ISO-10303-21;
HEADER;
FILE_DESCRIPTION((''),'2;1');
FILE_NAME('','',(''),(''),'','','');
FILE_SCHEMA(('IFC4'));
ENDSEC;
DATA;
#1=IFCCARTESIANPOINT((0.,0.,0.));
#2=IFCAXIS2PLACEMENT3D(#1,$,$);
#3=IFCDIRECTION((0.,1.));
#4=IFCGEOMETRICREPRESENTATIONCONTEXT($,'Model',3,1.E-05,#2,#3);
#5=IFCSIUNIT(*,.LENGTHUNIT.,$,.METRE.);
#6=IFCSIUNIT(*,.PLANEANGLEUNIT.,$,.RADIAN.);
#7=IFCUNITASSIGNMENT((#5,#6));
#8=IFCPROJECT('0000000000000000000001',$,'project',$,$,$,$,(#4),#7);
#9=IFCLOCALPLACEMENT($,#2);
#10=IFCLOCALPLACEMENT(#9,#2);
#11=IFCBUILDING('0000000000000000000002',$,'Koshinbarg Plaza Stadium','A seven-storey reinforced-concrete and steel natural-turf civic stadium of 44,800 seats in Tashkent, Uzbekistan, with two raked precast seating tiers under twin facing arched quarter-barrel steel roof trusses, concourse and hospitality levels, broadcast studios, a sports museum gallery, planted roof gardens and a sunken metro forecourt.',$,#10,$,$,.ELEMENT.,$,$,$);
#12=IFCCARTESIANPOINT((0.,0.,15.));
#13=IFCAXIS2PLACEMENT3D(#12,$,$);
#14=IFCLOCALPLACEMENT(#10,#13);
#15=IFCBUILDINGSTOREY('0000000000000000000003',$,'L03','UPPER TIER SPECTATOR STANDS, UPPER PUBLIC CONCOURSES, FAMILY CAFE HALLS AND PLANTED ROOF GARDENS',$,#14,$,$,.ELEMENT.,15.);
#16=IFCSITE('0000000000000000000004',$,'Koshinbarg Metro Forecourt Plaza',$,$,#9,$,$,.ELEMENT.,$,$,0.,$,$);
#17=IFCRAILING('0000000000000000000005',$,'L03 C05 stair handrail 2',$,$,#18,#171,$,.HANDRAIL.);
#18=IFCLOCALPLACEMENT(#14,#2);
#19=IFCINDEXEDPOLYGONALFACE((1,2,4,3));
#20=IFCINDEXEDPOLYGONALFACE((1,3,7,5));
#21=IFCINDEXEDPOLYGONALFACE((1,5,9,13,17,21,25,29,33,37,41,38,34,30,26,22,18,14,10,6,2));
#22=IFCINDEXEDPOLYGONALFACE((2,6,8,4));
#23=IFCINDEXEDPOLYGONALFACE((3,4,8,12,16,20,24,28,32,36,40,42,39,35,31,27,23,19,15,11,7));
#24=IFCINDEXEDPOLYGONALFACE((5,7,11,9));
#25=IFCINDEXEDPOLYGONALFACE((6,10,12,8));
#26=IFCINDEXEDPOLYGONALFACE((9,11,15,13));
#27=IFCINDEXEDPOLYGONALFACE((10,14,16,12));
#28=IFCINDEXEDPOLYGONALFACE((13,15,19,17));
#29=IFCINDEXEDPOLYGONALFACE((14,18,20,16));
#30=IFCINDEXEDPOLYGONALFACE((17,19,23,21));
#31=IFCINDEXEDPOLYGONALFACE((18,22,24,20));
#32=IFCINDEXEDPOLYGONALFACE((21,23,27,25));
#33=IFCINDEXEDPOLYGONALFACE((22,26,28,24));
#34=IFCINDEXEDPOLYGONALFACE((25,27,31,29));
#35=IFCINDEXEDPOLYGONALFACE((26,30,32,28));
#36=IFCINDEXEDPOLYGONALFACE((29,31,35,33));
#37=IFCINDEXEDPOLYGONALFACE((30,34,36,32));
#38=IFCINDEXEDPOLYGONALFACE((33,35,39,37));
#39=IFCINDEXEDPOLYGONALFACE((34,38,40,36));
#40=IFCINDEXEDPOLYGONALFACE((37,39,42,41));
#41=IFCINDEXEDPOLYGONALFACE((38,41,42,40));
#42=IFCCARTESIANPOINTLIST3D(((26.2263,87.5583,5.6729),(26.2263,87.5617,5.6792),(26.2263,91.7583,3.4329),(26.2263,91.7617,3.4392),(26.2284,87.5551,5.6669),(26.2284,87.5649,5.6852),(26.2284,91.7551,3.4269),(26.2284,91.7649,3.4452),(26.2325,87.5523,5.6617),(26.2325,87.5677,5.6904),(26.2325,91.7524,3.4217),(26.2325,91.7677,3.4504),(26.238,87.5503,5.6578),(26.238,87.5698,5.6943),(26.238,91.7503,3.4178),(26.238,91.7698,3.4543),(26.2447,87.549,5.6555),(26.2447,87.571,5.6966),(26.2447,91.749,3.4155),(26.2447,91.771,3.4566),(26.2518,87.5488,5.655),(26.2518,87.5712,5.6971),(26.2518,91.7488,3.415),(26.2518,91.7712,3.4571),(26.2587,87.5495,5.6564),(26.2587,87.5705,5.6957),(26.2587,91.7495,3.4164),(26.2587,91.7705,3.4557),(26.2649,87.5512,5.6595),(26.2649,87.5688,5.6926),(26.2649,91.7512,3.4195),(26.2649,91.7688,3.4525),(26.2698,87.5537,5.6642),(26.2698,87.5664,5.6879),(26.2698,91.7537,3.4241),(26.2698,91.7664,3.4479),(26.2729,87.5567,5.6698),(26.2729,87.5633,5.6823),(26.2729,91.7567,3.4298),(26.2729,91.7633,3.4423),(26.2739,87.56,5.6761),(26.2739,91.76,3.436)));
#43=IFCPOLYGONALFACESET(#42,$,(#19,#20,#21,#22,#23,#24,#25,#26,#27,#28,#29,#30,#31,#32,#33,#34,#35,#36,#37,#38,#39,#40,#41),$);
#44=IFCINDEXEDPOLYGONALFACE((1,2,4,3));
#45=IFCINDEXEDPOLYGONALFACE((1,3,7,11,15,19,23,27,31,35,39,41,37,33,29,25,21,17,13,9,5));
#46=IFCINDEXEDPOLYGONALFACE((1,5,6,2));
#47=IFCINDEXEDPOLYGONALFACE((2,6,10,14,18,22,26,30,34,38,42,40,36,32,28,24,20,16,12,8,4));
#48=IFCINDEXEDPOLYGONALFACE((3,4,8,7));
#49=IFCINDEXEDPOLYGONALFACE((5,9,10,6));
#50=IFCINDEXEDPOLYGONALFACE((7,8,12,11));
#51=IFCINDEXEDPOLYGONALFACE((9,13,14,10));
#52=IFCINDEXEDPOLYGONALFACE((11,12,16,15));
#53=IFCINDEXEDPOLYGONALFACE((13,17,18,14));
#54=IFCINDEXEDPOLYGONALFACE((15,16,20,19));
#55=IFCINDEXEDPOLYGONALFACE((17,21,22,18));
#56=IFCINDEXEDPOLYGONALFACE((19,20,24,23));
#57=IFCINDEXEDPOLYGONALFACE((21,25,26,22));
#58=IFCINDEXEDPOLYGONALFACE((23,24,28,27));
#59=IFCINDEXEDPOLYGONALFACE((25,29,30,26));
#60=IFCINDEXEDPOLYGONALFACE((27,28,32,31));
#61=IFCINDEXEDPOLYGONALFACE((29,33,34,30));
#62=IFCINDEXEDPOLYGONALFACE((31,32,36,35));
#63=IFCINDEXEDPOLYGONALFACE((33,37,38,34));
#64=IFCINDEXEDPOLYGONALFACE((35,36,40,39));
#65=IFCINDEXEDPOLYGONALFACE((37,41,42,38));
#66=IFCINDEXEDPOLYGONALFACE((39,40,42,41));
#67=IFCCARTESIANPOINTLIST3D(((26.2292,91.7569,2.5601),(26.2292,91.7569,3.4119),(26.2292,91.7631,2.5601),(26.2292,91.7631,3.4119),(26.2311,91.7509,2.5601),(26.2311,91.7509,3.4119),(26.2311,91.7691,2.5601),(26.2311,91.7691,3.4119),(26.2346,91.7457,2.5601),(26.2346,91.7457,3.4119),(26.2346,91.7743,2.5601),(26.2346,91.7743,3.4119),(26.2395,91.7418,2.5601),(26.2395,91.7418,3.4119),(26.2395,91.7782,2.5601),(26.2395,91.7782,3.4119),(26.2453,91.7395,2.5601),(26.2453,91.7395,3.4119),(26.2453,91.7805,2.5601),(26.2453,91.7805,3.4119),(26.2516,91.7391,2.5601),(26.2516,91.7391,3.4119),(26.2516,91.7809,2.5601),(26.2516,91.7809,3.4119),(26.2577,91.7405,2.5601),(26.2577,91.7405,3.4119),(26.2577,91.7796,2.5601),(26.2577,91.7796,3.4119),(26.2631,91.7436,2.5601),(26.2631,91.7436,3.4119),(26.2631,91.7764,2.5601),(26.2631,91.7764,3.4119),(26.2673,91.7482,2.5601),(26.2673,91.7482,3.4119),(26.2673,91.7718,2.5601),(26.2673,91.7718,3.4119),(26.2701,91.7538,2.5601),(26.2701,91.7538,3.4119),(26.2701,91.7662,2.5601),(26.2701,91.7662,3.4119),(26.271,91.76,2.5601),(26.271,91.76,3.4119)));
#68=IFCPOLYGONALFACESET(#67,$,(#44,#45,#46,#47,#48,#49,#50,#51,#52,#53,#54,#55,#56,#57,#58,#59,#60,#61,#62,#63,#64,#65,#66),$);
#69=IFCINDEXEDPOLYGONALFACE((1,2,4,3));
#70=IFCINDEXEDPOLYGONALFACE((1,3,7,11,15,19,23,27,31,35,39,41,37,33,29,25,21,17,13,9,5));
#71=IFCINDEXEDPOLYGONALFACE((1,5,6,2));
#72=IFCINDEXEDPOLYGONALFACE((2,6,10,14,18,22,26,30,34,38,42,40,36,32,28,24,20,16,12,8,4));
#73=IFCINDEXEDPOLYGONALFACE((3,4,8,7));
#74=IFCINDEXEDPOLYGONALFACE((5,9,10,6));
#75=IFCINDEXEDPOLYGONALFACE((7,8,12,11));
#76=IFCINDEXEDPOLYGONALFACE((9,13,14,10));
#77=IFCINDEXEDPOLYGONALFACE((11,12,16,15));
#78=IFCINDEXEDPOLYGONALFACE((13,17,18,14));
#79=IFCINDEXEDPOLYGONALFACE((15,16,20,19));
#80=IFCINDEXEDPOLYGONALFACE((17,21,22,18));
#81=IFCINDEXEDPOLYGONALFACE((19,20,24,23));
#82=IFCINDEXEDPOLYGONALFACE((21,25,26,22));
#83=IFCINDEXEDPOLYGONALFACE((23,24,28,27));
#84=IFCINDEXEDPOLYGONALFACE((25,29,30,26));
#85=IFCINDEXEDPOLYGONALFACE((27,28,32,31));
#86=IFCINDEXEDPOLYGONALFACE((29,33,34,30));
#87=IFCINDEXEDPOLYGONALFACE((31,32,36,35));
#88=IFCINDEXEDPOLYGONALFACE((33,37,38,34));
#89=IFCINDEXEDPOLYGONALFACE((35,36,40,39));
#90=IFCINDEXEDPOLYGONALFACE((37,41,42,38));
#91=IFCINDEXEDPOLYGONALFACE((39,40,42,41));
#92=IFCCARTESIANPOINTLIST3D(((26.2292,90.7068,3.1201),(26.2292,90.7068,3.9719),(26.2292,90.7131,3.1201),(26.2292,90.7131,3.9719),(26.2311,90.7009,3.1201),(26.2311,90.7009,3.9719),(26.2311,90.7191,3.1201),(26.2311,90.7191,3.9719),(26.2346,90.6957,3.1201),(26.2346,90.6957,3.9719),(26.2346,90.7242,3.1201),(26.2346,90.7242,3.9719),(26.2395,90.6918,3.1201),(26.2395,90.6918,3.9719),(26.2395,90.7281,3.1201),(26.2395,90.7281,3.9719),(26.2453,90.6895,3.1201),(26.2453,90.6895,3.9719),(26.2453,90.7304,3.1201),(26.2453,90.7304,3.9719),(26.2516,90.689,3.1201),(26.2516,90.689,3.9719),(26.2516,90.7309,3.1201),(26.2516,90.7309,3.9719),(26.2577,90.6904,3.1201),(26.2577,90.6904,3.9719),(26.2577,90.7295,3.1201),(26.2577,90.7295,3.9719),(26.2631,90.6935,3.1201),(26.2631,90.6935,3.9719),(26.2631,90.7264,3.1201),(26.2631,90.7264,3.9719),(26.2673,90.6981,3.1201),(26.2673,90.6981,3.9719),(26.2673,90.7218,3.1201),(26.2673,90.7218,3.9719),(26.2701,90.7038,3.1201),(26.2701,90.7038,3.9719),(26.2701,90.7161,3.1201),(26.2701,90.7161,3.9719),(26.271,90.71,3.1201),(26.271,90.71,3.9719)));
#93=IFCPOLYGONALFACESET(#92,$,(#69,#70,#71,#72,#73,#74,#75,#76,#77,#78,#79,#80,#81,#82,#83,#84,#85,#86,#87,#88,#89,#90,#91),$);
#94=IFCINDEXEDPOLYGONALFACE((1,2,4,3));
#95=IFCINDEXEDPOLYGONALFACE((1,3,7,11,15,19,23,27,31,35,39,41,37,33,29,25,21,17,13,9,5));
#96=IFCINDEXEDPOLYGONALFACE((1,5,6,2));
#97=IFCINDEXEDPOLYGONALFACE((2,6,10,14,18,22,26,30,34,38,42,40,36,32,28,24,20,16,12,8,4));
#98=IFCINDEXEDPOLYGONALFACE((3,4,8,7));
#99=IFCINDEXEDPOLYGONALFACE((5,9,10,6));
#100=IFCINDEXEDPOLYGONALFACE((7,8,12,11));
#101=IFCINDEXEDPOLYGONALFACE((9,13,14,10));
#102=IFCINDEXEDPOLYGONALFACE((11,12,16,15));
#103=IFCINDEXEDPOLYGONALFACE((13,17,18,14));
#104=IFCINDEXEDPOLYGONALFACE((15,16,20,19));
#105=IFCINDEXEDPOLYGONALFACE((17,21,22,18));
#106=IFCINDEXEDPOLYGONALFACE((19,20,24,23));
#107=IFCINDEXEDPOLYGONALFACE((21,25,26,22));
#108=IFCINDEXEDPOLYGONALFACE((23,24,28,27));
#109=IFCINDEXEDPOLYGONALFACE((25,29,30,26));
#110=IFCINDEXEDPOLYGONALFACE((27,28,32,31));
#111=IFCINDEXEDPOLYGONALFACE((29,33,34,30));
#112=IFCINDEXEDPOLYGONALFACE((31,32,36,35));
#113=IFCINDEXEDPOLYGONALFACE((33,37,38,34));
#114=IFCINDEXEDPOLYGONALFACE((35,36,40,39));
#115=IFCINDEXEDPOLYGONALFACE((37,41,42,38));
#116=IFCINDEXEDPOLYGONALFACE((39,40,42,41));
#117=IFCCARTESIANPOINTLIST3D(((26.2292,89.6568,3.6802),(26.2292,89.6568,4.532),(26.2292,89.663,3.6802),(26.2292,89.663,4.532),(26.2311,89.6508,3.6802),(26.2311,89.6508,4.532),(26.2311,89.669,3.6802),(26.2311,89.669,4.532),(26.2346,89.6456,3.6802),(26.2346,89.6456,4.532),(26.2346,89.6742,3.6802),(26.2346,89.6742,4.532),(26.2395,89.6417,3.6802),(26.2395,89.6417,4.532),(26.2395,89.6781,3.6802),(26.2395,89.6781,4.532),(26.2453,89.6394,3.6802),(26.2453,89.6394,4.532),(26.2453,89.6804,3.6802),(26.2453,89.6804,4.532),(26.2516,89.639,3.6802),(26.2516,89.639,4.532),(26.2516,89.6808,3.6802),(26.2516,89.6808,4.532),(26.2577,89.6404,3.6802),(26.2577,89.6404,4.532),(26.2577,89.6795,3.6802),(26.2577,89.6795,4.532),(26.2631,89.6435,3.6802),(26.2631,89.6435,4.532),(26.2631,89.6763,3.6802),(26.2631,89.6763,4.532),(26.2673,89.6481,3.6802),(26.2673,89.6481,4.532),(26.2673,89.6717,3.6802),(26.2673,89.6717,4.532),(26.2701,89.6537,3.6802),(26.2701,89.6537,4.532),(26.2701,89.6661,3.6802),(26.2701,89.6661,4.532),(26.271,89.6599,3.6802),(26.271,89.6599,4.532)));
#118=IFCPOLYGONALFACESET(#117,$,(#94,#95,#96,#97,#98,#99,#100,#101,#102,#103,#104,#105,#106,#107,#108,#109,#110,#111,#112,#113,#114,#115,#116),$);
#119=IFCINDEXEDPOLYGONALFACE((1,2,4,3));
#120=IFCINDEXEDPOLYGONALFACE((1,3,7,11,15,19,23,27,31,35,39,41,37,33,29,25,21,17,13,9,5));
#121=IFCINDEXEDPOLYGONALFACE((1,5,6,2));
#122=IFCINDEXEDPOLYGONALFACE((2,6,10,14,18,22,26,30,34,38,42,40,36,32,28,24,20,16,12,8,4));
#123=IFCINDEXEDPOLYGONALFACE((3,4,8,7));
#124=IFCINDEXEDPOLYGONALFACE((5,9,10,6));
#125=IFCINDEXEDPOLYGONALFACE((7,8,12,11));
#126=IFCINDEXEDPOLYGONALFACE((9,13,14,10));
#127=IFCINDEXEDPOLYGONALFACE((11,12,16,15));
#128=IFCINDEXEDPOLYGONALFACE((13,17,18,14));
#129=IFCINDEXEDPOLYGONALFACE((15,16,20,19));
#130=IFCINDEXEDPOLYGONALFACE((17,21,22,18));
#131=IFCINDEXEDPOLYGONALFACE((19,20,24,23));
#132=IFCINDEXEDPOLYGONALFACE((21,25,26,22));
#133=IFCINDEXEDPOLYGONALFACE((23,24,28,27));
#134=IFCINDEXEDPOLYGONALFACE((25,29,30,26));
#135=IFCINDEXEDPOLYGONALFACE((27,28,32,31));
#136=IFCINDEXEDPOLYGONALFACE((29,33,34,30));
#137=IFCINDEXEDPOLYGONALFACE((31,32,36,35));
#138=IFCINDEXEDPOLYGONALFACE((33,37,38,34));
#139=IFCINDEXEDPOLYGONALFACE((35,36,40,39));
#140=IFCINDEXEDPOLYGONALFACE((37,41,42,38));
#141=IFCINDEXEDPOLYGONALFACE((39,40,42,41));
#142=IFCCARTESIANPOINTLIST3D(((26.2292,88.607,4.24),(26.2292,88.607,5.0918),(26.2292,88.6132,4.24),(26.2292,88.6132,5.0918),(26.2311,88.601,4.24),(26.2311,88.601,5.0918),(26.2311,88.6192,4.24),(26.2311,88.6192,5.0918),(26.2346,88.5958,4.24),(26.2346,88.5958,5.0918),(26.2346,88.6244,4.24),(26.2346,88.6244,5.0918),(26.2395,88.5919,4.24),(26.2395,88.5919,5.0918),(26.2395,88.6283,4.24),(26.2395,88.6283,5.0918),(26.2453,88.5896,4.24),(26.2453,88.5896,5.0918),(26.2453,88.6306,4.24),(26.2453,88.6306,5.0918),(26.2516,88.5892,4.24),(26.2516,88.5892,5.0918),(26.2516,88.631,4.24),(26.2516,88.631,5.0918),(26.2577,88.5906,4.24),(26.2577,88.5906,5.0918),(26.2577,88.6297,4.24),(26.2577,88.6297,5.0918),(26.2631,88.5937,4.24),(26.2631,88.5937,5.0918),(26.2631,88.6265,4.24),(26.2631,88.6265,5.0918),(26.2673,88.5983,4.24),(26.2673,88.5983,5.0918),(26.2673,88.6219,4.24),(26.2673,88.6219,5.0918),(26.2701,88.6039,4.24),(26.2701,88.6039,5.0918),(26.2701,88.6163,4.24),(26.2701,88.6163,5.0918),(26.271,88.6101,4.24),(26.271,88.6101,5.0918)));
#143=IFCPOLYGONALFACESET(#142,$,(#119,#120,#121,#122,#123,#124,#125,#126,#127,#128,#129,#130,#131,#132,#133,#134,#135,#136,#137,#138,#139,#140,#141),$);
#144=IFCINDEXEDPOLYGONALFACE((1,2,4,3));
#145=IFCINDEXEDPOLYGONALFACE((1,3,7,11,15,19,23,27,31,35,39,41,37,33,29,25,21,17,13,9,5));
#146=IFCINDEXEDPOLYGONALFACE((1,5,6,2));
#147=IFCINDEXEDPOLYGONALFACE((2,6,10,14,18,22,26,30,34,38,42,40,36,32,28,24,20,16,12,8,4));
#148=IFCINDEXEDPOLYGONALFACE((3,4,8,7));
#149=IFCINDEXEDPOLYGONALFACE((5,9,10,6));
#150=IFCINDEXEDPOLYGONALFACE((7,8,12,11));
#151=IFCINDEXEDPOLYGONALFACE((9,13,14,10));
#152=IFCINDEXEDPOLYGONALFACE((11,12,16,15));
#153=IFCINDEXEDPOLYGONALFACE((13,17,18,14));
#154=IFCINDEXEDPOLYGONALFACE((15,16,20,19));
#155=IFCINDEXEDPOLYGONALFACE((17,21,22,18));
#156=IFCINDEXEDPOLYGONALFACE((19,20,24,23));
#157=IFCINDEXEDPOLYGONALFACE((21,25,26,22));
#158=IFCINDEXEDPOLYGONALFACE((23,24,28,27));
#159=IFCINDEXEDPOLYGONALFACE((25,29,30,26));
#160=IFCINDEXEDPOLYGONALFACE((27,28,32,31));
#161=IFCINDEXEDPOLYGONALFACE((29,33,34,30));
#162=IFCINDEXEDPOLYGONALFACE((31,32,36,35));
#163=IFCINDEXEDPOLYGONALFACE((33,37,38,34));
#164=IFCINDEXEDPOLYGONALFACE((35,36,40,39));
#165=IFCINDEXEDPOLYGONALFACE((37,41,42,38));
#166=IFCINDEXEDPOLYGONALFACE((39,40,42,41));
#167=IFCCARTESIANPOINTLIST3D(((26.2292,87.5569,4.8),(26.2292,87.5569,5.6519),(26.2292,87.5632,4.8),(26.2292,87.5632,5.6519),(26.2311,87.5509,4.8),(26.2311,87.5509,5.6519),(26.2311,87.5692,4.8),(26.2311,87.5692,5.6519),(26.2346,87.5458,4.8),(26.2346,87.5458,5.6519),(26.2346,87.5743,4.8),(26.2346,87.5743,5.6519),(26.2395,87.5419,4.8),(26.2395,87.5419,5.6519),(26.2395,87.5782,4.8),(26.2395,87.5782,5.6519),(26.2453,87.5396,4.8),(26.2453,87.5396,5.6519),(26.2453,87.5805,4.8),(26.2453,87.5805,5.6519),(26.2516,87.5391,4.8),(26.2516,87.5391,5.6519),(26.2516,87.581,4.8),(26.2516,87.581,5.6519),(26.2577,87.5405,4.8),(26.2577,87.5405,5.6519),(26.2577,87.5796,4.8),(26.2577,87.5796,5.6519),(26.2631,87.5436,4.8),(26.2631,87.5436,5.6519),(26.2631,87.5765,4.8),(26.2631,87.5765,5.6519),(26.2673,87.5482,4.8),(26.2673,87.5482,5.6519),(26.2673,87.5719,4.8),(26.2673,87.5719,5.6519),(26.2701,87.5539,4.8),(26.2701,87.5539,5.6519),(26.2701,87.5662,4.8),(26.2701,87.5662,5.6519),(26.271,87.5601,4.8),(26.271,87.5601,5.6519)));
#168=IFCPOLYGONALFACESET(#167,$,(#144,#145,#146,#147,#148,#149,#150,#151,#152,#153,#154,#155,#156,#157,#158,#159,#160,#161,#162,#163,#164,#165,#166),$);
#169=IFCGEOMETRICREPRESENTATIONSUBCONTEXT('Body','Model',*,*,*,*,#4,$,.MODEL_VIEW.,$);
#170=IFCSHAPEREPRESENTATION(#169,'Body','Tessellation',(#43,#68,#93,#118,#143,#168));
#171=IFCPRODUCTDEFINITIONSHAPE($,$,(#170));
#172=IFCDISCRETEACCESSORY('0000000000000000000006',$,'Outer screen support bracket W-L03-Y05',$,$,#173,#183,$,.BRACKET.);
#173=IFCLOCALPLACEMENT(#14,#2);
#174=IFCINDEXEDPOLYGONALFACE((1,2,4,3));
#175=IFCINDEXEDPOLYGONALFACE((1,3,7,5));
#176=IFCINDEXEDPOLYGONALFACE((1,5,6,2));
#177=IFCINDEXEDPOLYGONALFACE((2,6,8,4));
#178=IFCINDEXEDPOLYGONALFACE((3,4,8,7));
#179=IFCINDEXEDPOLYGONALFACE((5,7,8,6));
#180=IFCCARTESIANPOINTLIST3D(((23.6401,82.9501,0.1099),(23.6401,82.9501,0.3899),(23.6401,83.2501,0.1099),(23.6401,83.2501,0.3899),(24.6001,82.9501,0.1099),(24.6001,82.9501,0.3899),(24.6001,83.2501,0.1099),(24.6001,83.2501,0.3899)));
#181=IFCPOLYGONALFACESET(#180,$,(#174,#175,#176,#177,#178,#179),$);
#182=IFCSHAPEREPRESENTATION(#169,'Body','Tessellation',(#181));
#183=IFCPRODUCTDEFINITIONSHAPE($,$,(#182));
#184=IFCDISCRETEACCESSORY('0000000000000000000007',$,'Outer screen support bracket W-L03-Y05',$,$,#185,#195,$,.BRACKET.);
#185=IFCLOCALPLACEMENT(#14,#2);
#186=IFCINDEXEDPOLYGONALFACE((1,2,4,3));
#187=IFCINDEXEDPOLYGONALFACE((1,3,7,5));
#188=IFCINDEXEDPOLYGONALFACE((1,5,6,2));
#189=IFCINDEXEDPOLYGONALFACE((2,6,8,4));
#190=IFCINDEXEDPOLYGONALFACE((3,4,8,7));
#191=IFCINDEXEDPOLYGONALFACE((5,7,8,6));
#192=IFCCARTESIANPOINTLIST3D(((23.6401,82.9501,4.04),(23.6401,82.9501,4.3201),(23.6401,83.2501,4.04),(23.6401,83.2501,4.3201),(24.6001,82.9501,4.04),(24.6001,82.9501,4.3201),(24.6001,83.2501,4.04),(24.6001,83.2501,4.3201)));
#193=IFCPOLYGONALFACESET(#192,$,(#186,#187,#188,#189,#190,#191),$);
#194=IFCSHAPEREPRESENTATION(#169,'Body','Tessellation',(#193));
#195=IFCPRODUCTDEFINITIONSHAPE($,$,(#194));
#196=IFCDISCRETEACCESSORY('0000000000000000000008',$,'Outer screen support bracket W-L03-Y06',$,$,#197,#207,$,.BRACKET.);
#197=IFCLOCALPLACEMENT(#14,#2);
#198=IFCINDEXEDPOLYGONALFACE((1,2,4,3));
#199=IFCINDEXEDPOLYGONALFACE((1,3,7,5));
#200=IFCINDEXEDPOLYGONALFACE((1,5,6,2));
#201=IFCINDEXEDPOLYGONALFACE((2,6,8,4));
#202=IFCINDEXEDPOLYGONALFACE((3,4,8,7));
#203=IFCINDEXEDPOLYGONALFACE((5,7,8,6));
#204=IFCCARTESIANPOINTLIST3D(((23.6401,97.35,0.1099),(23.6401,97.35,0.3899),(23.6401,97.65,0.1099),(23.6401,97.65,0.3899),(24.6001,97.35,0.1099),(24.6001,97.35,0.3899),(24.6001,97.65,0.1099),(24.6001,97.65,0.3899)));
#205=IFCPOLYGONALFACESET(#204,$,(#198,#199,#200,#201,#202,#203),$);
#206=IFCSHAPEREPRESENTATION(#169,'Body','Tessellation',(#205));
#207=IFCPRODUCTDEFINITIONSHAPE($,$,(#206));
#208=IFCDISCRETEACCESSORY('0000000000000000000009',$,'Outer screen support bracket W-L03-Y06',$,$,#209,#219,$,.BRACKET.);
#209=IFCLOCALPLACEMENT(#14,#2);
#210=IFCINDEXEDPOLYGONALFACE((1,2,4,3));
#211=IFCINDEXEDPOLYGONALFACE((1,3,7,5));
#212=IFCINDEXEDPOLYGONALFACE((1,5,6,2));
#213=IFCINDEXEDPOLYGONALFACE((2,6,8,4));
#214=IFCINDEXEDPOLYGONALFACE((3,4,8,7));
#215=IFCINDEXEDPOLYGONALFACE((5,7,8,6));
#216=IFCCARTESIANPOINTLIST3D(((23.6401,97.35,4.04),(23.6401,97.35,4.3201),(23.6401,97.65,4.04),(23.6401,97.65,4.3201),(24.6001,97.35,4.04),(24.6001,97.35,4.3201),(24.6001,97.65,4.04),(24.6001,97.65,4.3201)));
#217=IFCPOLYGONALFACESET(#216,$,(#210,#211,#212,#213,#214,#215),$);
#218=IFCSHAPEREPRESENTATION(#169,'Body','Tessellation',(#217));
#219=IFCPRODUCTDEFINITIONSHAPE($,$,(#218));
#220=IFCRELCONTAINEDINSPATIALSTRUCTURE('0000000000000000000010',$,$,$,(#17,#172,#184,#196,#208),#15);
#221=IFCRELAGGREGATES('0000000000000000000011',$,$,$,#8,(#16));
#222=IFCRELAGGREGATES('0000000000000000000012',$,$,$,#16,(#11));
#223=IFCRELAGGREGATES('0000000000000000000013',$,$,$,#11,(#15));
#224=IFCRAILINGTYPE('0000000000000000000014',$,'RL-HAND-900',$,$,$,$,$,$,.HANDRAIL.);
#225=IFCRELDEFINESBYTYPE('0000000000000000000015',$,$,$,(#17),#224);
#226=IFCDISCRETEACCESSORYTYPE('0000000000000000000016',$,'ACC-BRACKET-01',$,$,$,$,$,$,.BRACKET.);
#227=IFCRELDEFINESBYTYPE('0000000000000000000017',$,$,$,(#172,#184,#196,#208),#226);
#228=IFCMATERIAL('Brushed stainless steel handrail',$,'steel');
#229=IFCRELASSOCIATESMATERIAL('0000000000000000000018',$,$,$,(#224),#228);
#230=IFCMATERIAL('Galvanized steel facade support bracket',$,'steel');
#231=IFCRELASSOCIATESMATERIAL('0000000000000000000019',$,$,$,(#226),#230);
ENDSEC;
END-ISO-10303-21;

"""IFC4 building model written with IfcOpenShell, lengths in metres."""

from ifc_helpers import new_model, si_unit, direction, frame, origin, origin_2d, place, context, subcontext, project, spatial, rectangle, circle, extrude, material, type_object, element, save


model = new_model("IFC4")

# Units and contexts
model_context = context("Model", 3, precision=1e-05, world=origin(), true_north=direction((0.0, 1.0)))
body_context = subcontext(model_context, "Body", "Model", "MODEL_VIEW")
ifc_project = project(units=[si_unit("LENGTHUNIT", "METRE"), si_unit("PLANEANGLEUNIT", "RADIAN")], contexts=[model_context])

# Site, building, storey
site_placement = place(None, origin())
site = spatial("IfcSite", under=ifc_project, at=site_placement, Name="Koshinbarg Metro Forecourt Plaza", CompositionType="ELEMENT", RefElevation=0.0)
building_placement = place(site_placement, origin())
building = spatial("IfcBuilding", under=site, at=building_placement, Name="Koshinbarg Plaza Stadium", Description="A seven-storey reinforced-concrete and steel natural-turf civic stadium of 44,800 seats in Tashkent, Uzbekistan, with two raked precast seating tiers under twin facing arched quarter-barrel steel roof trusses, concourse and hospitality levels, broadcast studios, a sports museum gallery, planted roof gardens and a sunken metro forecourt.", CompositionType="ELEMENT")
storey_placement = place(building_placement, frame((0.0, 0.0, 15.0)))
storey = spatial("IfcBuildingStorey", under=building, at=storey_placement, Name="L03", Description="UPPER TIER SPECTATOR STANDS, UPPER PUBLIC CONCOURSES, FAMILY CAFE HALLS AND PLANTED ROOF GARDENS", CompositionType="ELEMENT", Elevation=15.0)

# Railing
ifc_material_1 = material(Name="Brushed stainless steel handrail", Category="steel")
railing_type_1 = type_object("IfcRailingType", Name="RL-HAND-900", PredefinedType="HANDRAIL", material=ifc_material_1)
railing_1_placement = place(storey_placement, frame((26.25, 91.76, 2.5601)))
element("IfcRailing", 1, at=railing_1_placement, inside=storey, type_object=railing_type_1, Name="L03 C05 stair handrail 2", PredefinedType="HANDRAIL", context=body_context, shape_type="SweptSolid", body=[
    extrude(circle(Radius=0.0239, at=origin_2d()), frame((0.0, 0.0, 0.876), z_axis=(0.0, -0.882352, 0.470591), x_axis=(1.0, 0.0, 0.0)), (0.0, 0.0, 1.0), 4.76),
    extrude(circle(Radius=0.021, at=origin_2d()), origin(), (0.0, 0.0, 1.0), 0.8518),
    extrude(circle(Radius=0.021, at=origin_2d()), frame((0.0, -1.05, 0.5601)), (0.0, 0.0, 1.0), 0.8518),
    extrude(circle(Radius=0.021, at=origin_2d()), frame((0.0, -2.1001, 1.1201)), (0.0, 0.0, 1.0), 0.8518),
    extrude(circle(Radius=0.021, at=origin_2d()), frame((0.0, -3.1499, 1.6799)), (0.0, 0.0, 1.0), 0.8518),
    extrude(circle(Radius=0.021, at=origin_2d()), frame((0.0, -4.2, 2.24)), (0.0, 0.0, 1.0), 0.8518),
])

# Discrete accessories
ifc_material_2 = material(Name="Galvanized steel facade support bracket", Category="steel")
discrete_accessory_type = type_object("IfcDiscreteAccessoryType", Name="ACC-BRACKET-01", PredefinedType="BRACKET", material=ifc_material_2)
for number, where, z_axis, x_axis, name in (
    (2, (24.1201, 83.1001, 0.1099), (0.0, 0.0, 1.0), (1.0, 0.0, 0.0), "Outer screen support bracket W-L03-Y05"),
    (3, (24.1201, 83.1001, 4.04), (0.0, 0.0, 1.0), (1.0, 0.0, 0.0), "Outer screen support bracket W-L03-Y05"),
    (4, (24.1201, 97.5, 0.1099), (0.0, 0.0, 1.0), (1.0, 0.0, 0.0), "Outer screen support bracket W-L03-Y06"),
    (5, (24.1201, 97.5, 4.04), (0.0, 0.0, 1.0), (1.0, 0.0, 0.0), "Outer screen support bracket W-L03-Y06"),
):
    element("IfcDiscreteAccessory", number, at=place(storey_placement, frame(where, z_axis=z_axis, x_axis=x_axis)), inside=storey, type_object=discrete_accessory_type, Name=name, PredefinedType="BRACKET", context=body_context, shape_type="SweptSolid", body=[
        extrude(rectangle(XDim=0.96, YDim=0.3, at=origin_2d()), origin(), (0.0, 0.0, 1.0), 0.28),
    ])

save(model, "model.ifc")
